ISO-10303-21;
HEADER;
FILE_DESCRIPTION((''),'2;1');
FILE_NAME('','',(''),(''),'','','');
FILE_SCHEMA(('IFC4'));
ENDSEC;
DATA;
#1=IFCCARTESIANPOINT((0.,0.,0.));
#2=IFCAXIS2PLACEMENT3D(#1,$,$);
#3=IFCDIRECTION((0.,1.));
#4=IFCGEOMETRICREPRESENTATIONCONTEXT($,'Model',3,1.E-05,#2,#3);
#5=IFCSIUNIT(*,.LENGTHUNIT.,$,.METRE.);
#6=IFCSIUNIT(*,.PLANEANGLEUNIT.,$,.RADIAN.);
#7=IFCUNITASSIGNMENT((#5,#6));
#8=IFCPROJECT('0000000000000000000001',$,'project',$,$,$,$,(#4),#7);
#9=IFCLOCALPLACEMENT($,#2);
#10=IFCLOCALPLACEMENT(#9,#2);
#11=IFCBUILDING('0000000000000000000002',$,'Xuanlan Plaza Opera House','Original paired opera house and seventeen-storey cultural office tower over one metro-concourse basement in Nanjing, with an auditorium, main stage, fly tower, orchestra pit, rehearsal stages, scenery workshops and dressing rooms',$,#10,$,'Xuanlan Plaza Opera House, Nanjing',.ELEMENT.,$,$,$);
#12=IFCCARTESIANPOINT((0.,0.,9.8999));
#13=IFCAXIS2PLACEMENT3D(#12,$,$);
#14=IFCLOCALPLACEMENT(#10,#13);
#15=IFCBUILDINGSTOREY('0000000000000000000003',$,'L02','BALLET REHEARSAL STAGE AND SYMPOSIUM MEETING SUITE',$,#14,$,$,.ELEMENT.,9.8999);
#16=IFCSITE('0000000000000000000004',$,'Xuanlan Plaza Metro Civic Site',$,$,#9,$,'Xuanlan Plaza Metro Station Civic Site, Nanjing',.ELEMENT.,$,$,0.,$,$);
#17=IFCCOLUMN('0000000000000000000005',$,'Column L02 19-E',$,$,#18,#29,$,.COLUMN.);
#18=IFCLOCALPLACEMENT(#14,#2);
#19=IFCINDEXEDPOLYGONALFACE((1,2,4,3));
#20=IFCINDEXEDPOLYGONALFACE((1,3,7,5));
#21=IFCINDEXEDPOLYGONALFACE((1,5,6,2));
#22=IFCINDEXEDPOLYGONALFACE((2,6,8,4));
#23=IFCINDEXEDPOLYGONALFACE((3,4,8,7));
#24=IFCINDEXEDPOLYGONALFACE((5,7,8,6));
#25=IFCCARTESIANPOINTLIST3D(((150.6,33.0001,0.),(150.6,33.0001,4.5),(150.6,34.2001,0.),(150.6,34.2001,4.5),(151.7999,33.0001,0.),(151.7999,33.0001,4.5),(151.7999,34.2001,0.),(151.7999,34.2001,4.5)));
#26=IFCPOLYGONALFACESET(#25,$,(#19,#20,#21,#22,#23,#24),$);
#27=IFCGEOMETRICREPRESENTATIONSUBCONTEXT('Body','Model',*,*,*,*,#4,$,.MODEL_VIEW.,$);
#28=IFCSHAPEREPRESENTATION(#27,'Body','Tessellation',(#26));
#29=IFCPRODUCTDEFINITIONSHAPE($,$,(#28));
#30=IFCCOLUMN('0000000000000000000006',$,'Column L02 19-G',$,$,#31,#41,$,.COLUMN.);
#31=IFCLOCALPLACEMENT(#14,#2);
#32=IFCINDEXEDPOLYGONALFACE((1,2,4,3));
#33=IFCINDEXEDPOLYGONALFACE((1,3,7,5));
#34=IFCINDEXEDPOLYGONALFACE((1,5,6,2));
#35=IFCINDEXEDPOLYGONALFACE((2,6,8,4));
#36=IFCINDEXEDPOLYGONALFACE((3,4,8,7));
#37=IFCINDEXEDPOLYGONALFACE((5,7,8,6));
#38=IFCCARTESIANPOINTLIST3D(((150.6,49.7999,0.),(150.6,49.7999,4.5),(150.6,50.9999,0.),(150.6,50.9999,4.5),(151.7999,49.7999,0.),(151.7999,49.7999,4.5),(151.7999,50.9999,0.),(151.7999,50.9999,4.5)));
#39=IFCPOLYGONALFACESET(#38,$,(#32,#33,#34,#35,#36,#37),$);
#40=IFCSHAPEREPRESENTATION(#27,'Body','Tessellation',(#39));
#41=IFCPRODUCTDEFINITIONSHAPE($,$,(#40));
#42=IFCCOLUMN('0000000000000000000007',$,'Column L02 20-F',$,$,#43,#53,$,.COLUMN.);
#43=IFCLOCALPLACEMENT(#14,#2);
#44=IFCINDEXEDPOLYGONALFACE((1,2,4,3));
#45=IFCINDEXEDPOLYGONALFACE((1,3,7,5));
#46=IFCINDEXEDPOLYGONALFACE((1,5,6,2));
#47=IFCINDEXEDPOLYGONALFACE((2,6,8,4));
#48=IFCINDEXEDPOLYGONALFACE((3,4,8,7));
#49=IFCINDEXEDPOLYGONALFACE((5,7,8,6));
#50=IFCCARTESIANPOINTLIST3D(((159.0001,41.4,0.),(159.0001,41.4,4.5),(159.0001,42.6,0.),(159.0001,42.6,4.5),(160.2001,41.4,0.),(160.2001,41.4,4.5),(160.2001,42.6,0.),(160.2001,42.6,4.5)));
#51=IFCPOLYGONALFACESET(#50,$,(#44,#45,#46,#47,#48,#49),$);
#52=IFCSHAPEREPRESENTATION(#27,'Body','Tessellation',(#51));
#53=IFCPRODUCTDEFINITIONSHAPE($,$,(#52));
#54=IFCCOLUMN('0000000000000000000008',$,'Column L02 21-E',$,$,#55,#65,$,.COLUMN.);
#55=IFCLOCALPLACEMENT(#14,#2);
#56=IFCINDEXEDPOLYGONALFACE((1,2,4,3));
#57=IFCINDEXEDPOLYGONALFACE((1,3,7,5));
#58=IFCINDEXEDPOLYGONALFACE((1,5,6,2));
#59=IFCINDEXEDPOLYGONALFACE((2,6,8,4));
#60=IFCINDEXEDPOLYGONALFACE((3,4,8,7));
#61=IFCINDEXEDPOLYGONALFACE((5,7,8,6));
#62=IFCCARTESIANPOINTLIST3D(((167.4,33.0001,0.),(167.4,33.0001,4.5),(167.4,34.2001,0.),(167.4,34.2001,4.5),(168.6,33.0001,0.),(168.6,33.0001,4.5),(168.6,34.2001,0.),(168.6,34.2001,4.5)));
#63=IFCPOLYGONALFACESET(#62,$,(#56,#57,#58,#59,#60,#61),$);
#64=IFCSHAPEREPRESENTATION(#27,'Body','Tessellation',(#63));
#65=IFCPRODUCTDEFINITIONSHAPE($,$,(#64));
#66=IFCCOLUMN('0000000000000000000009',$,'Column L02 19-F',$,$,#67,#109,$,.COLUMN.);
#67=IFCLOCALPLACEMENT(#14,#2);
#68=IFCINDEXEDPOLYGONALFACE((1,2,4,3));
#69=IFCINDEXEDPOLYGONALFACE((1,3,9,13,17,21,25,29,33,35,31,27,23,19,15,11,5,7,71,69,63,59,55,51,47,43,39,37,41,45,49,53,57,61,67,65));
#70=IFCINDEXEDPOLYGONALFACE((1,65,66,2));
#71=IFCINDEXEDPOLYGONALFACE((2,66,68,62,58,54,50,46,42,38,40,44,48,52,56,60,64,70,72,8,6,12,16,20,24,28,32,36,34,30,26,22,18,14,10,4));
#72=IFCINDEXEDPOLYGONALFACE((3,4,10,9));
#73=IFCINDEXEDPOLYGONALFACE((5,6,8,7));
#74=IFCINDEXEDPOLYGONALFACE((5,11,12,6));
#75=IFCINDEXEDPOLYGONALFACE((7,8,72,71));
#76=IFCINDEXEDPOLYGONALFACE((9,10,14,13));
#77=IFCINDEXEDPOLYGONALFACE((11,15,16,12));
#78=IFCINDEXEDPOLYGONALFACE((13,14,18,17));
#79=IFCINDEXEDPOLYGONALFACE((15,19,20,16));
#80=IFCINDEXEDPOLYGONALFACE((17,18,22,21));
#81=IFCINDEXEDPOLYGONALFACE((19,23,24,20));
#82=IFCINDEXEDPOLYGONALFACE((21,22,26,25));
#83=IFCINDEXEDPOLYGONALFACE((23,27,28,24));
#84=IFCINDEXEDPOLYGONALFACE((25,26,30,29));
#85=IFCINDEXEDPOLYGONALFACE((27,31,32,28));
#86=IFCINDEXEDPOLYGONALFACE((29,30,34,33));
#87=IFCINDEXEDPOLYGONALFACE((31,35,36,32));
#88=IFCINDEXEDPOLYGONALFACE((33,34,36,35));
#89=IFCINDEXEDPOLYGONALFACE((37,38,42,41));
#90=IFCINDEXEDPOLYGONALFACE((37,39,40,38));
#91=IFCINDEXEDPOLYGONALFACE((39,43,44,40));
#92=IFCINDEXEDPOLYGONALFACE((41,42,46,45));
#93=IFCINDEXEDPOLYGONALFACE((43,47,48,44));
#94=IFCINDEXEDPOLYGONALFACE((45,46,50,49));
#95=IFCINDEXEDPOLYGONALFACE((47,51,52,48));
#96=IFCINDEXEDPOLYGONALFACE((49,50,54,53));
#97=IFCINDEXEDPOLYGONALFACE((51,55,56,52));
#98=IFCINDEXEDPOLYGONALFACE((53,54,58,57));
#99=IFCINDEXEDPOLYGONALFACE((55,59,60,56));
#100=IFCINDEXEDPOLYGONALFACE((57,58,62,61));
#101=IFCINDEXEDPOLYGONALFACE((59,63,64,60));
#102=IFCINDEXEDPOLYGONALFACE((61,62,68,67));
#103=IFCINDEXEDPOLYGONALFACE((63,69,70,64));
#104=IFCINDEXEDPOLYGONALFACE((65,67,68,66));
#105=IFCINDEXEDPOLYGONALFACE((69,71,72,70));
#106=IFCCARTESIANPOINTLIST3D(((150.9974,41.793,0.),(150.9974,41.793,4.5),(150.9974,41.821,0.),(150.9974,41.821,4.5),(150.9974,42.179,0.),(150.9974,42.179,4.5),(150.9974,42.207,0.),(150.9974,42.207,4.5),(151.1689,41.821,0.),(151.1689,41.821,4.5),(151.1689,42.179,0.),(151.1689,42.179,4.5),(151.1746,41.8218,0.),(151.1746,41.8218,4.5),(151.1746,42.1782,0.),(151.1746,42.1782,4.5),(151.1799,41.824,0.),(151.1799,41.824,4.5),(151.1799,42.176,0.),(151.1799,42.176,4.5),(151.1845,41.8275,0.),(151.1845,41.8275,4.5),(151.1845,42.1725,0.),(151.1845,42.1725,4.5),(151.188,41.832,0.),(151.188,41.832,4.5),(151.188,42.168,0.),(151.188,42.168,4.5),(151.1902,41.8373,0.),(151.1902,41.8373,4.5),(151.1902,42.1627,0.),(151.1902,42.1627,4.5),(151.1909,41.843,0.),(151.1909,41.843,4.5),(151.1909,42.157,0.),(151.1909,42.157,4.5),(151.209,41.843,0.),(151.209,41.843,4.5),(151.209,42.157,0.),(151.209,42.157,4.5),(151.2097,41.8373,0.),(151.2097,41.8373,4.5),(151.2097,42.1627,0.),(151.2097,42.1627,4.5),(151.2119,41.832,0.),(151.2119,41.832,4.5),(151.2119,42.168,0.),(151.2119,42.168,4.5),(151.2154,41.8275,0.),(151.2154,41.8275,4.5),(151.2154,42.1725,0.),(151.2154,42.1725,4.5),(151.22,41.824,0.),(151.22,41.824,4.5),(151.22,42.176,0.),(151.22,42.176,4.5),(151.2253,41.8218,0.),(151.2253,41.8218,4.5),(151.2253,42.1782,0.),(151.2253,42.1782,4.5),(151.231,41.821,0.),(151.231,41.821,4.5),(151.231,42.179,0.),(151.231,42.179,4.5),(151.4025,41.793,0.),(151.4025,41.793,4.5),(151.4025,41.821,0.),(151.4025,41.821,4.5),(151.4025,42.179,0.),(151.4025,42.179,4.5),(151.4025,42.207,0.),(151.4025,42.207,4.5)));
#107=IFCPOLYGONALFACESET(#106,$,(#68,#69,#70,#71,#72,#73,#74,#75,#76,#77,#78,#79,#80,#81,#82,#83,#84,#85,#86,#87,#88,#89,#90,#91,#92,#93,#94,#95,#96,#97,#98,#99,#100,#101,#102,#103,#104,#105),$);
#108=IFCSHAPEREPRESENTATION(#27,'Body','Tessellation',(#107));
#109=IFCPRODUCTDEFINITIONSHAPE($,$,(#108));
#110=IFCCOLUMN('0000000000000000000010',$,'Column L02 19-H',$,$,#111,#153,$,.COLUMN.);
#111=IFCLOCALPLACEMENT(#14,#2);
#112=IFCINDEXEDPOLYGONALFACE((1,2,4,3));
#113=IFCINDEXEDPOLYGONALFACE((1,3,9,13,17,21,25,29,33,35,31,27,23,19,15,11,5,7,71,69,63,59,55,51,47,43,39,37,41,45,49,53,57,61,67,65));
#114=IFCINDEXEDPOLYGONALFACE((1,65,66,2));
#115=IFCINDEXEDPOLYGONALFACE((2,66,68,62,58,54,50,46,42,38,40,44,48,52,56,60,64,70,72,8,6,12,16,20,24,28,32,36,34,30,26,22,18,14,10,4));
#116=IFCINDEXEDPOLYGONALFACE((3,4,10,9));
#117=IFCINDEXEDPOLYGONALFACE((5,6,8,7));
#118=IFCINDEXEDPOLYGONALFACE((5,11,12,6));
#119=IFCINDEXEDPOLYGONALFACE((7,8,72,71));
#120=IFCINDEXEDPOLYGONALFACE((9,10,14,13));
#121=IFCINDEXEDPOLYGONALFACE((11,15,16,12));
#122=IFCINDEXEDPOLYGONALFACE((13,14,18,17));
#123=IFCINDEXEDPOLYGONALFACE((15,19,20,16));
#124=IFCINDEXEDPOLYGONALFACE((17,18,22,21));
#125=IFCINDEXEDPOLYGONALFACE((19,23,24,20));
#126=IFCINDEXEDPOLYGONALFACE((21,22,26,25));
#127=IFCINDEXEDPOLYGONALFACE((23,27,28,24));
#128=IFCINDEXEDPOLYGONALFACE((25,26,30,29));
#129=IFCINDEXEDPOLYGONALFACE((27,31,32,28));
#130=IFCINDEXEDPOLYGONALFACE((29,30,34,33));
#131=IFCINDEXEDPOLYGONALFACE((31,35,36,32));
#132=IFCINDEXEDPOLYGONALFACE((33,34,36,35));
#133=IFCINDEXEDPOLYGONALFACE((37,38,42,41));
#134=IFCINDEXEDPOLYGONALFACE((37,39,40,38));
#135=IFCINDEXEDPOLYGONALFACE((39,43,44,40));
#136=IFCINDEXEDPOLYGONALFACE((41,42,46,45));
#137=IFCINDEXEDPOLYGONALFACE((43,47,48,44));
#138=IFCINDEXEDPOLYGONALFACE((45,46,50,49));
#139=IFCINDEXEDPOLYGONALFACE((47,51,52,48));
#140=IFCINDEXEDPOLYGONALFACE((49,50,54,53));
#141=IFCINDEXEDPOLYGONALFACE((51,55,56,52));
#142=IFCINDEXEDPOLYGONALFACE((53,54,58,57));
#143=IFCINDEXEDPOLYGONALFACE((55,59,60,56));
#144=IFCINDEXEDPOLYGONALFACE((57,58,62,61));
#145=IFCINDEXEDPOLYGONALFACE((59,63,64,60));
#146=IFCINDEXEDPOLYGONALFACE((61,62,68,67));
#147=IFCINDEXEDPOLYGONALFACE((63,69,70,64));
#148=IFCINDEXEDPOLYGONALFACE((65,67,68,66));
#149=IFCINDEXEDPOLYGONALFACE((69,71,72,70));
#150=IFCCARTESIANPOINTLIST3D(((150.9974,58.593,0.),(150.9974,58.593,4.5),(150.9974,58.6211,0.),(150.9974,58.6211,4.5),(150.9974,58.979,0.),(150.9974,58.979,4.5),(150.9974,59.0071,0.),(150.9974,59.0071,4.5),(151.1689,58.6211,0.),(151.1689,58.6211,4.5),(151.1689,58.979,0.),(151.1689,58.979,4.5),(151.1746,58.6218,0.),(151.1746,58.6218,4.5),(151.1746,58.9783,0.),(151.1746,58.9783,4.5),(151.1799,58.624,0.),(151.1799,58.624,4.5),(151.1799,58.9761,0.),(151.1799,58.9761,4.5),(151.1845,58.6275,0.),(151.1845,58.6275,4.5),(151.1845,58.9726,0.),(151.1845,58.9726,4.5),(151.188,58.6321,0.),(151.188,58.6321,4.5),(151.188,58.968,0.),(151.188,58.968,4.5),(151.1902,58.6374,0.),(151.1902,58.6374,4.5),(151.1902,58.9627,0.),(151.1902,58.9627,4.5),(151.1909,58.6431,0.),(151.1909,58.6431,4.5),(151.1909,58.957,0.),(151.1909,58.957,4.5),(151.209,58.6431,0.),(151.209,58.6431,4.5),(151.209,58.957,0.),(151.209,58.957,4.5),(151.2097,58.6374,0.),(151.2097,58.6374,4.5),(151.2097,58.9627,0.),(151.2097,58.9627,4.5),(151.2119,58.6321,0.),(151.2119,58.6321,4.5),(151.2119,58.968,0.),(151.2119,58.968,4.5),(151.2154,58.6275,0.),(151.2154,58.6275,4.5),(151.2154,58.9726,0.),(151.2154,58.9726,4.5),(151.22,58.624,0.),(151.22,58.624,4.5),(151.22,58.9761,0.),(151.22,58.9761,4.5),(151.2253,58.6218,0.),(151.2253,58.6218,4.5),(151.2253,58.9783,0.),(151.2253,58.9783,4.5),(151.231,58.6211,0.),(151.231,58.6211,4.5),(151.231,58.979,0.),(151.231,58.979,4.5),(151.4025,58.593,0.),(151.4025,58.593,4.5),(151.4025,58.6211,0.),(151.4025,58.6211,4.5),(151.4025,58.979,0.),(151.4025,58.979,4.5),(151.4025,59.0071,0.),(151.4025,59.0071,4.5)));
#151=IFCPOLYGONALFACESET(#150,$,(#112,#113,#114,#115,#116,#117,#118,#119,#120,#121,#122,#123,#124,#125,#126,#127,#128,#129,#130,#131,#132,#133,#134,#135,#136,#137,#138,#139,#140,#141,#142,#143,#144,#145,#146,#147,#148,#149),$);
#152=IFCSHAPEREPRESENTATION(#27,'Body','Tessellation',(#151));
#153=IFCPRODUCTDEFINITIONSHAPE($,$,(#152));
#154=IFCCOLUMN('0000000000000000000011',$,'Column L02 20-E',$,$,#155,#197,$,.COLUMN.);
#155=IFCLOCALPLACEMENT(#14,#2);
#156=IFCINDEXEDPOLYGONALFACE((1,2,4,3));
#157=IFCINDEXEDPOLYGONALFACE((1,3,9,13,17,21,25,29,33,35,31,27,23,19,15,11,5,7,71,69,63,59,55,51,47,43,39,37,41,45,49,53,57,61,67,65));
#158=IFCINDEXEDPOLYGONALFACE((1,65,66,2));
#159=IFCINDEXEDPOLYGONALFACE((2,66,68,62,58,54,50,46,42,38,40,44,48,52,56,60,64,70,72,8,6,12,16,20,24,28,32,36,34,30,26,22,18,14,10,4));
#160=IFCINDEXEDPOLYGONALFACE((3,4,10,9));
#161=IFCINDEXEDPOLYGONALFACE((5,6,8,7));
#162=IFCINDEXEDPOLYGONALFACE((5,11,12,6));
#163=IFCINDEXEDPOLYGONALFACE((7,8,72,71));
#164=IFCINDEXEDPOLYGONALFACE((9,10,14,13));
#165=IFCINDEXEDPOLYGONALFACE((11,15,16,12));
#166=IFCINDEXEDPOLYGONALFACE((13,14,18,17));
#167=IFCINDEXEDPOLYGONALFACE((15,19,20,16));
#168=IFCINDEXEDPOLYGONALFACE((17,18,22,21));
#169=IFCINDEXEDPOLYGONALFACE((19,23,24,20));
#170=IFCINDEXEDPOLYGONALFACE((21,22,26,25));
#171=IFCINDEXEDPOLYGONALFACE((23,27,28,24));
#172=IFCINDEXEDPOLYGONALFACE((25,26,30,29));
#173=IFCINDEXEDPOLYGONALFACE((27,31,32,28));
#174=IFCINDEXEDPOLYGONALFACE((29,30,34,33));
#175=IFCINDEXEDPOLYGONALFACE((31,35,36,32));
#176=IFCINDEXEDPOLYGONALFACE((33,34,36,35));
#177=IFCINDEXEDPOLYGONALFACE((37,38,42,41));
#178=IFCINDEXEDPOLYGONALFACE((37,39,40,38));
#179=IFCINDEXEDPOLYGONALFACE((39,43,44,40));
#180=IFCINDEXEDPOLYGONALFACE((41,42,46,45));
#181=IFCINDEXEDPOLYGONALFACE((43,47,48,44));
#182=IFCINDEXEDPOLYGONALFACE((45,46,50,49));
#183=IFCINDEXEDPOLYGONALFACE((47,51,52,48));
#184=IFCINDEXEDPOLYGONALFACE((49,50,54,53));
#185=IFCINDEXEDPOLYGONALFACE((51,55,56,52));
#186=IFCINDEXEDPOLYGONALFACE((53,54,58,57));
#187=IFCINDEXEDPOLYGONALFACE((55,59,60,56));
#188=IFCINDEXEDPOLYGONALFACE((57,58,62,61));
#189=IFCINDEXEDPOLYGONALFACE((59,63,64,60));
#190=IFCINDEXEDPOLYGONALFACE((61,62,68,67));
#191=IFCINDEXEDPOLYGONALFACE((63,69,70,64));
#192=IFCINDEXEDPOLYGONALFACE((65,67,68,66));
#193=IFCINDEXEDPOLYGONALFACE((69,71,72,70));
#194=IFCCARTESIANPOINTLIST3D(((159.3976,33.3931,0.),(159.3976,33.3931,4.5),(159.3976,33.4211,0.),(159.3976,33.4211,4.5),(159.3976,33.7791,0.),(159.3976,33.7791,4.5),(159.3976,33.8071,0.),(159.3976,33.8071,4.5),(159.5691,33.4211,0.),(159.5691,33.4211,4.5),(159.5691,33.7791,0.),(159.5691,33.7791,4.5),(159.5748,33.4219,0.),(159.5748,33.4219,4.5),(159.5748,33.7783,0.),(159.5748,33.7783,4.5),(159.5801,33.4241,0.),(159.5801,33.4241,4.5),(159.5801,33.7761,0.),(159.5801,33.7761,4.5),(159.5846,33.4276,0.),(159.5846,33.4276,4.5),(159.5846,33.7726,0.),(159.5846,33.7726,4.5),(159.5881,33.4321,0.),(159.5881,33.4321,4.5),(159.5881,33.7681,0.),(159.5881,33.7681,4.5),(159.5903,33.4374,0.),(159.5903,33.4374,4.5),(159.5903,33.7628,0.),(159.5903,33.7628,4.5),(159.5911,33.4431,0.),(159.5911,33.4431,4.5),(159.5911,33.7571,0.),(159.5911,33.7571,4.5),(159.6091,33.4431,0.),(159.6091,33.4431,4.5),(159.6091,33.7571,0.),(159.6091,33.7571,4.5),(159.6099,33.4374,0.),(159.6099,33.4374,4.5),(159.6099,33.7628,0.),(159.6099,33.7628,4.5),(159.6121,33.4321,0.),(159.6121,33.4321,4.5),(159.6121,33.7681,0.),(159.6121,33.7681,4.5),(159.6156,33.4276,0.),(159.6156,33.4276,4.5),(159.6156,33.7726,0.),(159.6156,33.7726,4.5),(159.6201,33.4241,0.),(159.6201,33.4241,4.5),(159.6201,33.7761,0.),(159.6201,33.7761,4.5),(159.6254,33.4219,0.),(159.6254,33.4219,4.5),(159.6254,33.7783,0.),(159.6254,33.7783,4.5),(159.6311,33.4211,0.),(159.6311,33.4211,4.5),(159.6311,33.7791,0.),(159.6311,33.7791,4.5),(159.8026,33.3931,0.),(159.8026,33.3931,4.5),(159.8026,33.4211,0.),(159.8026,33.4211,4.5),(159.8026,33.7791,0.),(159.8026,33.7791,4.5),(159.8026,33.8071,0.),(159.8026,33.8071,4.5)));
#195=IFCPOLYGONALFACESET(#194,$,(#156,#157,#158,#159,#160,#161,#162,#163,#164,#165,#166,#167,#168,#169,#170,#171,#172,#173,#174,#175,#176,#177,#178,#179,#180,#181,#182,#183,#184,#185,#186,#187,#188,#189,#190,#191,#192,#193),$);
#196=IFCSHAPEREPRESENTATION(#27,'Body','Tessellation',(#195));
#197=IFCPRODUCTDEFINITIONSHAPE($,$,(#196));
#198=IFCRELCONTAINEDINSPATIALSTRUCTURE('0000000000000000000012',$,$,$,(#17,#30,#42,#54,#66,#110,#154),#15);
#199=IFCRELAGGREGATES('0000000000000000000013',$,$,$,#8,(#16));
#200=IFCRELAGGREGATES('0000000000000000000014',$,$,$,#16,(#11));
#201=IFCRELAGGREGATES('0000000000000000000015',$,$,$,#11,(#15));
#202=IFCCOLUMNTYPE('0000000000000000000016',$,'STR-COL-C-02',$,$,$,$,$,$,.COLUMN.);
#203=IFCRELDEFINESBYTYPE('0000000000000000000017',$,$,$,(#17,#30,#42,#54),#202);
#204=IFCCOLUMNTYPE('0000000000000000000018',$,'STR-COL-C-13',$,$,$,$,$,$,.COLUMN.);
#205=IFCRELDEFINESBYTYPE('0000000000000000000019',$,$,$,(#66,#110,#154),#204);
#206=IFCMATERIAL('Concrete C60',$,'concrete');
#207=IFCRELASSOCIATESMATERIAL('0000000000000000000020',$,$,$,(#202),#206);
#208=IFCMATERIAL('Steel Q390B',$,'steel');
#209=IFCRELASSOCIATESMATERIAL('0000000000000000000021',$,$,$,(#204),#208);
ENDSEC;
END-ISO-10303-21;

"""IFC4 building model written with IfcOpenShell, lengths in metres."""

from ifc_helpers import new_model, si_unit, direction, frame, origin, origin_2d, place, context, subcontext, project, spatial, rectangle, i_section, extrude, material, material_profile, profile_set, type_object, element, save


model = new_model("IFC4")

# Units and contexts
model_context = context("Model", 3, precision=1e-05, world=origin(), true_north=direction((0.0, 1.0)))
body_context = subcontext(model_context, "Body", "Model", "MODEL_VIEW")
ifc_project = project(units=[si_unit("LENGTHUNIT", "METRE"), si_unit("PLANEANGLEUNIT", "RADIAN")], contexts=[model_context])

# Site, building, storey
site_placement = place(None, origin())
site = spatial("IfcSite", under=ifc_project, at=site_placement, Name="Xuanlan Plaza Metro Civic Site", LongName="Xuanlan Plaza Metro Station Civic Site, Nanjing", CompositionType="ELEMENT", RefElevation=0.0)
building_placement = place(site_placement, origin())
building = spatial("IfcBuilding", under=site, at=building_placement, Name="Xuanlan Plaza Opera House", Description="Original paired opera house and seventeen-storey cultural office tower over one metro-concourse basement in Nanjing, with an auditorium, main stage, fly tower, orchestra pit, rehearsal stages, scenery workshops and dressing rooms", LongName="Xuanlan Plaza Opera House, Nanjing", CompositionType="ELEMENT")
storey_placement = place(building_placement, frame((0.0, 0.0, 9.8999)))
storey = spatial("IfcBuildingStorey", under=building, at=storey_placement, Name="L02", Description="BALLET REHEARSAL STAGE AND SYMPOSIUM MEETING SUITE", CompositionType="ELEMENT", Elevation=9.8999)

# Columns
ifc_material_1 = material(Name="Concrete C60", Category="concrete")
ifc_material_profile_1 = material_profile(ifc_material_1, rectangle(XDim=1.2, YDim=1.2, at=origin_2d()), Name="RC-COL 1200x1200")
ifc_profile_set_1 = profile_set([ifc_material_profile_1], Name="Concrete C60")
column_type_1 = type_object("IfcColumnType", Name="STR-COL-C-02", PredefinedType="COLUMN", material=ifc_profile_set_1)
for number, where, z_axis, x_axis, name in (
    (1, (151.2, 33.6001, 0.0), (0.0, 0.0, 1.0), (1.0, 0.0, 0.0), "Column L02 19-E"),
    (2, (151.2, 50.3999, 0.0), (0.0, 0.0, 1.0), (1.0, 0.0, 0.0), "Column L02 19-G"),
    (3, (159.6001, 42.0, 0.0), (0.0, 0.0, 1.0), (1.0, 0.0, 0.0), "Column L02 20-F"),
    (4, (168.0, 33.6001, 0.0), (0.0, 0.0, 1.0), (1.0, 0.0, 0.0), "Column L02 21-E"),
):
    element("IfcColumn", number, at=place(storey_placement, frame(where, z_axis=z_axis, x_axis=x_axis)), inside=storey, type_object=column_type_1, Name=name, PredefinedType="COLUMN", context=body_context, shape_type="SweptSolid", body=[
        extrude(rectangle(XDim=1.2, YDim=1.2, at=origin_2d()), origin(), (0.0, 0.0, 1.0), 4.5),
    ])
ifc_material_2 = material(Name="Steel Q390B", Category="steel")
ifc_material_profile_2 = material_profile(ifc_material_2, i_section(OverallWidth=0.405, OverallDepth=0.4141, WebThickness=0.0181, FlangeThickness=0.0281, FilletRadius=0.022, at=origin_2d()), Name="HW 414x405x18x28")
ifc_profile_set_2 = profile_set([ifc_material_profile_2], Name="Steel Q390B")
column_type_2 = type_object("IfcColumnType", Name="STR-COL-C-13", PredefinedType="COLUMN", material=ifc_profile_set_2)
for number, where, z_axis, x_axis, name in (
    (5, (151.2, 42.0, 0.0), (0.0, 0.0, 1.0), (1.0, 0.0, 0.0), "Column L02 19-F"),
    (6, (151.2, 58.8, 0.0), (0.0, 0.0, 1.0), (1.0, 0.0, 0.0), "Column L02 19-H"),
    (7, (159.6001, 33.6001, 0.0), (0.0, 0.0, 1.0), (1.0, 0.0, 0.0), "Column L02 20-E"),
):
    element("IfcColumn", number, at=place(storey_placement, frame(where, z_axis=z_axis, x_axis=x_axis)), inside=storey, type_object=column_type_2, Name=name, PredefinedType="COLUMN", context=body_context, shape_type="SweptSolid", body=[
        extrude(i_section(OverallWidth=0.405, OverallDepth=0.4141, WebThickness=0.0181, FlangeThickness=0.0281, FilletRadius=0.022, at=origin_2d()), origin(), (0.0, 0.0, 1.0), 4.5),
    ])

save(model, "model.ifc")
